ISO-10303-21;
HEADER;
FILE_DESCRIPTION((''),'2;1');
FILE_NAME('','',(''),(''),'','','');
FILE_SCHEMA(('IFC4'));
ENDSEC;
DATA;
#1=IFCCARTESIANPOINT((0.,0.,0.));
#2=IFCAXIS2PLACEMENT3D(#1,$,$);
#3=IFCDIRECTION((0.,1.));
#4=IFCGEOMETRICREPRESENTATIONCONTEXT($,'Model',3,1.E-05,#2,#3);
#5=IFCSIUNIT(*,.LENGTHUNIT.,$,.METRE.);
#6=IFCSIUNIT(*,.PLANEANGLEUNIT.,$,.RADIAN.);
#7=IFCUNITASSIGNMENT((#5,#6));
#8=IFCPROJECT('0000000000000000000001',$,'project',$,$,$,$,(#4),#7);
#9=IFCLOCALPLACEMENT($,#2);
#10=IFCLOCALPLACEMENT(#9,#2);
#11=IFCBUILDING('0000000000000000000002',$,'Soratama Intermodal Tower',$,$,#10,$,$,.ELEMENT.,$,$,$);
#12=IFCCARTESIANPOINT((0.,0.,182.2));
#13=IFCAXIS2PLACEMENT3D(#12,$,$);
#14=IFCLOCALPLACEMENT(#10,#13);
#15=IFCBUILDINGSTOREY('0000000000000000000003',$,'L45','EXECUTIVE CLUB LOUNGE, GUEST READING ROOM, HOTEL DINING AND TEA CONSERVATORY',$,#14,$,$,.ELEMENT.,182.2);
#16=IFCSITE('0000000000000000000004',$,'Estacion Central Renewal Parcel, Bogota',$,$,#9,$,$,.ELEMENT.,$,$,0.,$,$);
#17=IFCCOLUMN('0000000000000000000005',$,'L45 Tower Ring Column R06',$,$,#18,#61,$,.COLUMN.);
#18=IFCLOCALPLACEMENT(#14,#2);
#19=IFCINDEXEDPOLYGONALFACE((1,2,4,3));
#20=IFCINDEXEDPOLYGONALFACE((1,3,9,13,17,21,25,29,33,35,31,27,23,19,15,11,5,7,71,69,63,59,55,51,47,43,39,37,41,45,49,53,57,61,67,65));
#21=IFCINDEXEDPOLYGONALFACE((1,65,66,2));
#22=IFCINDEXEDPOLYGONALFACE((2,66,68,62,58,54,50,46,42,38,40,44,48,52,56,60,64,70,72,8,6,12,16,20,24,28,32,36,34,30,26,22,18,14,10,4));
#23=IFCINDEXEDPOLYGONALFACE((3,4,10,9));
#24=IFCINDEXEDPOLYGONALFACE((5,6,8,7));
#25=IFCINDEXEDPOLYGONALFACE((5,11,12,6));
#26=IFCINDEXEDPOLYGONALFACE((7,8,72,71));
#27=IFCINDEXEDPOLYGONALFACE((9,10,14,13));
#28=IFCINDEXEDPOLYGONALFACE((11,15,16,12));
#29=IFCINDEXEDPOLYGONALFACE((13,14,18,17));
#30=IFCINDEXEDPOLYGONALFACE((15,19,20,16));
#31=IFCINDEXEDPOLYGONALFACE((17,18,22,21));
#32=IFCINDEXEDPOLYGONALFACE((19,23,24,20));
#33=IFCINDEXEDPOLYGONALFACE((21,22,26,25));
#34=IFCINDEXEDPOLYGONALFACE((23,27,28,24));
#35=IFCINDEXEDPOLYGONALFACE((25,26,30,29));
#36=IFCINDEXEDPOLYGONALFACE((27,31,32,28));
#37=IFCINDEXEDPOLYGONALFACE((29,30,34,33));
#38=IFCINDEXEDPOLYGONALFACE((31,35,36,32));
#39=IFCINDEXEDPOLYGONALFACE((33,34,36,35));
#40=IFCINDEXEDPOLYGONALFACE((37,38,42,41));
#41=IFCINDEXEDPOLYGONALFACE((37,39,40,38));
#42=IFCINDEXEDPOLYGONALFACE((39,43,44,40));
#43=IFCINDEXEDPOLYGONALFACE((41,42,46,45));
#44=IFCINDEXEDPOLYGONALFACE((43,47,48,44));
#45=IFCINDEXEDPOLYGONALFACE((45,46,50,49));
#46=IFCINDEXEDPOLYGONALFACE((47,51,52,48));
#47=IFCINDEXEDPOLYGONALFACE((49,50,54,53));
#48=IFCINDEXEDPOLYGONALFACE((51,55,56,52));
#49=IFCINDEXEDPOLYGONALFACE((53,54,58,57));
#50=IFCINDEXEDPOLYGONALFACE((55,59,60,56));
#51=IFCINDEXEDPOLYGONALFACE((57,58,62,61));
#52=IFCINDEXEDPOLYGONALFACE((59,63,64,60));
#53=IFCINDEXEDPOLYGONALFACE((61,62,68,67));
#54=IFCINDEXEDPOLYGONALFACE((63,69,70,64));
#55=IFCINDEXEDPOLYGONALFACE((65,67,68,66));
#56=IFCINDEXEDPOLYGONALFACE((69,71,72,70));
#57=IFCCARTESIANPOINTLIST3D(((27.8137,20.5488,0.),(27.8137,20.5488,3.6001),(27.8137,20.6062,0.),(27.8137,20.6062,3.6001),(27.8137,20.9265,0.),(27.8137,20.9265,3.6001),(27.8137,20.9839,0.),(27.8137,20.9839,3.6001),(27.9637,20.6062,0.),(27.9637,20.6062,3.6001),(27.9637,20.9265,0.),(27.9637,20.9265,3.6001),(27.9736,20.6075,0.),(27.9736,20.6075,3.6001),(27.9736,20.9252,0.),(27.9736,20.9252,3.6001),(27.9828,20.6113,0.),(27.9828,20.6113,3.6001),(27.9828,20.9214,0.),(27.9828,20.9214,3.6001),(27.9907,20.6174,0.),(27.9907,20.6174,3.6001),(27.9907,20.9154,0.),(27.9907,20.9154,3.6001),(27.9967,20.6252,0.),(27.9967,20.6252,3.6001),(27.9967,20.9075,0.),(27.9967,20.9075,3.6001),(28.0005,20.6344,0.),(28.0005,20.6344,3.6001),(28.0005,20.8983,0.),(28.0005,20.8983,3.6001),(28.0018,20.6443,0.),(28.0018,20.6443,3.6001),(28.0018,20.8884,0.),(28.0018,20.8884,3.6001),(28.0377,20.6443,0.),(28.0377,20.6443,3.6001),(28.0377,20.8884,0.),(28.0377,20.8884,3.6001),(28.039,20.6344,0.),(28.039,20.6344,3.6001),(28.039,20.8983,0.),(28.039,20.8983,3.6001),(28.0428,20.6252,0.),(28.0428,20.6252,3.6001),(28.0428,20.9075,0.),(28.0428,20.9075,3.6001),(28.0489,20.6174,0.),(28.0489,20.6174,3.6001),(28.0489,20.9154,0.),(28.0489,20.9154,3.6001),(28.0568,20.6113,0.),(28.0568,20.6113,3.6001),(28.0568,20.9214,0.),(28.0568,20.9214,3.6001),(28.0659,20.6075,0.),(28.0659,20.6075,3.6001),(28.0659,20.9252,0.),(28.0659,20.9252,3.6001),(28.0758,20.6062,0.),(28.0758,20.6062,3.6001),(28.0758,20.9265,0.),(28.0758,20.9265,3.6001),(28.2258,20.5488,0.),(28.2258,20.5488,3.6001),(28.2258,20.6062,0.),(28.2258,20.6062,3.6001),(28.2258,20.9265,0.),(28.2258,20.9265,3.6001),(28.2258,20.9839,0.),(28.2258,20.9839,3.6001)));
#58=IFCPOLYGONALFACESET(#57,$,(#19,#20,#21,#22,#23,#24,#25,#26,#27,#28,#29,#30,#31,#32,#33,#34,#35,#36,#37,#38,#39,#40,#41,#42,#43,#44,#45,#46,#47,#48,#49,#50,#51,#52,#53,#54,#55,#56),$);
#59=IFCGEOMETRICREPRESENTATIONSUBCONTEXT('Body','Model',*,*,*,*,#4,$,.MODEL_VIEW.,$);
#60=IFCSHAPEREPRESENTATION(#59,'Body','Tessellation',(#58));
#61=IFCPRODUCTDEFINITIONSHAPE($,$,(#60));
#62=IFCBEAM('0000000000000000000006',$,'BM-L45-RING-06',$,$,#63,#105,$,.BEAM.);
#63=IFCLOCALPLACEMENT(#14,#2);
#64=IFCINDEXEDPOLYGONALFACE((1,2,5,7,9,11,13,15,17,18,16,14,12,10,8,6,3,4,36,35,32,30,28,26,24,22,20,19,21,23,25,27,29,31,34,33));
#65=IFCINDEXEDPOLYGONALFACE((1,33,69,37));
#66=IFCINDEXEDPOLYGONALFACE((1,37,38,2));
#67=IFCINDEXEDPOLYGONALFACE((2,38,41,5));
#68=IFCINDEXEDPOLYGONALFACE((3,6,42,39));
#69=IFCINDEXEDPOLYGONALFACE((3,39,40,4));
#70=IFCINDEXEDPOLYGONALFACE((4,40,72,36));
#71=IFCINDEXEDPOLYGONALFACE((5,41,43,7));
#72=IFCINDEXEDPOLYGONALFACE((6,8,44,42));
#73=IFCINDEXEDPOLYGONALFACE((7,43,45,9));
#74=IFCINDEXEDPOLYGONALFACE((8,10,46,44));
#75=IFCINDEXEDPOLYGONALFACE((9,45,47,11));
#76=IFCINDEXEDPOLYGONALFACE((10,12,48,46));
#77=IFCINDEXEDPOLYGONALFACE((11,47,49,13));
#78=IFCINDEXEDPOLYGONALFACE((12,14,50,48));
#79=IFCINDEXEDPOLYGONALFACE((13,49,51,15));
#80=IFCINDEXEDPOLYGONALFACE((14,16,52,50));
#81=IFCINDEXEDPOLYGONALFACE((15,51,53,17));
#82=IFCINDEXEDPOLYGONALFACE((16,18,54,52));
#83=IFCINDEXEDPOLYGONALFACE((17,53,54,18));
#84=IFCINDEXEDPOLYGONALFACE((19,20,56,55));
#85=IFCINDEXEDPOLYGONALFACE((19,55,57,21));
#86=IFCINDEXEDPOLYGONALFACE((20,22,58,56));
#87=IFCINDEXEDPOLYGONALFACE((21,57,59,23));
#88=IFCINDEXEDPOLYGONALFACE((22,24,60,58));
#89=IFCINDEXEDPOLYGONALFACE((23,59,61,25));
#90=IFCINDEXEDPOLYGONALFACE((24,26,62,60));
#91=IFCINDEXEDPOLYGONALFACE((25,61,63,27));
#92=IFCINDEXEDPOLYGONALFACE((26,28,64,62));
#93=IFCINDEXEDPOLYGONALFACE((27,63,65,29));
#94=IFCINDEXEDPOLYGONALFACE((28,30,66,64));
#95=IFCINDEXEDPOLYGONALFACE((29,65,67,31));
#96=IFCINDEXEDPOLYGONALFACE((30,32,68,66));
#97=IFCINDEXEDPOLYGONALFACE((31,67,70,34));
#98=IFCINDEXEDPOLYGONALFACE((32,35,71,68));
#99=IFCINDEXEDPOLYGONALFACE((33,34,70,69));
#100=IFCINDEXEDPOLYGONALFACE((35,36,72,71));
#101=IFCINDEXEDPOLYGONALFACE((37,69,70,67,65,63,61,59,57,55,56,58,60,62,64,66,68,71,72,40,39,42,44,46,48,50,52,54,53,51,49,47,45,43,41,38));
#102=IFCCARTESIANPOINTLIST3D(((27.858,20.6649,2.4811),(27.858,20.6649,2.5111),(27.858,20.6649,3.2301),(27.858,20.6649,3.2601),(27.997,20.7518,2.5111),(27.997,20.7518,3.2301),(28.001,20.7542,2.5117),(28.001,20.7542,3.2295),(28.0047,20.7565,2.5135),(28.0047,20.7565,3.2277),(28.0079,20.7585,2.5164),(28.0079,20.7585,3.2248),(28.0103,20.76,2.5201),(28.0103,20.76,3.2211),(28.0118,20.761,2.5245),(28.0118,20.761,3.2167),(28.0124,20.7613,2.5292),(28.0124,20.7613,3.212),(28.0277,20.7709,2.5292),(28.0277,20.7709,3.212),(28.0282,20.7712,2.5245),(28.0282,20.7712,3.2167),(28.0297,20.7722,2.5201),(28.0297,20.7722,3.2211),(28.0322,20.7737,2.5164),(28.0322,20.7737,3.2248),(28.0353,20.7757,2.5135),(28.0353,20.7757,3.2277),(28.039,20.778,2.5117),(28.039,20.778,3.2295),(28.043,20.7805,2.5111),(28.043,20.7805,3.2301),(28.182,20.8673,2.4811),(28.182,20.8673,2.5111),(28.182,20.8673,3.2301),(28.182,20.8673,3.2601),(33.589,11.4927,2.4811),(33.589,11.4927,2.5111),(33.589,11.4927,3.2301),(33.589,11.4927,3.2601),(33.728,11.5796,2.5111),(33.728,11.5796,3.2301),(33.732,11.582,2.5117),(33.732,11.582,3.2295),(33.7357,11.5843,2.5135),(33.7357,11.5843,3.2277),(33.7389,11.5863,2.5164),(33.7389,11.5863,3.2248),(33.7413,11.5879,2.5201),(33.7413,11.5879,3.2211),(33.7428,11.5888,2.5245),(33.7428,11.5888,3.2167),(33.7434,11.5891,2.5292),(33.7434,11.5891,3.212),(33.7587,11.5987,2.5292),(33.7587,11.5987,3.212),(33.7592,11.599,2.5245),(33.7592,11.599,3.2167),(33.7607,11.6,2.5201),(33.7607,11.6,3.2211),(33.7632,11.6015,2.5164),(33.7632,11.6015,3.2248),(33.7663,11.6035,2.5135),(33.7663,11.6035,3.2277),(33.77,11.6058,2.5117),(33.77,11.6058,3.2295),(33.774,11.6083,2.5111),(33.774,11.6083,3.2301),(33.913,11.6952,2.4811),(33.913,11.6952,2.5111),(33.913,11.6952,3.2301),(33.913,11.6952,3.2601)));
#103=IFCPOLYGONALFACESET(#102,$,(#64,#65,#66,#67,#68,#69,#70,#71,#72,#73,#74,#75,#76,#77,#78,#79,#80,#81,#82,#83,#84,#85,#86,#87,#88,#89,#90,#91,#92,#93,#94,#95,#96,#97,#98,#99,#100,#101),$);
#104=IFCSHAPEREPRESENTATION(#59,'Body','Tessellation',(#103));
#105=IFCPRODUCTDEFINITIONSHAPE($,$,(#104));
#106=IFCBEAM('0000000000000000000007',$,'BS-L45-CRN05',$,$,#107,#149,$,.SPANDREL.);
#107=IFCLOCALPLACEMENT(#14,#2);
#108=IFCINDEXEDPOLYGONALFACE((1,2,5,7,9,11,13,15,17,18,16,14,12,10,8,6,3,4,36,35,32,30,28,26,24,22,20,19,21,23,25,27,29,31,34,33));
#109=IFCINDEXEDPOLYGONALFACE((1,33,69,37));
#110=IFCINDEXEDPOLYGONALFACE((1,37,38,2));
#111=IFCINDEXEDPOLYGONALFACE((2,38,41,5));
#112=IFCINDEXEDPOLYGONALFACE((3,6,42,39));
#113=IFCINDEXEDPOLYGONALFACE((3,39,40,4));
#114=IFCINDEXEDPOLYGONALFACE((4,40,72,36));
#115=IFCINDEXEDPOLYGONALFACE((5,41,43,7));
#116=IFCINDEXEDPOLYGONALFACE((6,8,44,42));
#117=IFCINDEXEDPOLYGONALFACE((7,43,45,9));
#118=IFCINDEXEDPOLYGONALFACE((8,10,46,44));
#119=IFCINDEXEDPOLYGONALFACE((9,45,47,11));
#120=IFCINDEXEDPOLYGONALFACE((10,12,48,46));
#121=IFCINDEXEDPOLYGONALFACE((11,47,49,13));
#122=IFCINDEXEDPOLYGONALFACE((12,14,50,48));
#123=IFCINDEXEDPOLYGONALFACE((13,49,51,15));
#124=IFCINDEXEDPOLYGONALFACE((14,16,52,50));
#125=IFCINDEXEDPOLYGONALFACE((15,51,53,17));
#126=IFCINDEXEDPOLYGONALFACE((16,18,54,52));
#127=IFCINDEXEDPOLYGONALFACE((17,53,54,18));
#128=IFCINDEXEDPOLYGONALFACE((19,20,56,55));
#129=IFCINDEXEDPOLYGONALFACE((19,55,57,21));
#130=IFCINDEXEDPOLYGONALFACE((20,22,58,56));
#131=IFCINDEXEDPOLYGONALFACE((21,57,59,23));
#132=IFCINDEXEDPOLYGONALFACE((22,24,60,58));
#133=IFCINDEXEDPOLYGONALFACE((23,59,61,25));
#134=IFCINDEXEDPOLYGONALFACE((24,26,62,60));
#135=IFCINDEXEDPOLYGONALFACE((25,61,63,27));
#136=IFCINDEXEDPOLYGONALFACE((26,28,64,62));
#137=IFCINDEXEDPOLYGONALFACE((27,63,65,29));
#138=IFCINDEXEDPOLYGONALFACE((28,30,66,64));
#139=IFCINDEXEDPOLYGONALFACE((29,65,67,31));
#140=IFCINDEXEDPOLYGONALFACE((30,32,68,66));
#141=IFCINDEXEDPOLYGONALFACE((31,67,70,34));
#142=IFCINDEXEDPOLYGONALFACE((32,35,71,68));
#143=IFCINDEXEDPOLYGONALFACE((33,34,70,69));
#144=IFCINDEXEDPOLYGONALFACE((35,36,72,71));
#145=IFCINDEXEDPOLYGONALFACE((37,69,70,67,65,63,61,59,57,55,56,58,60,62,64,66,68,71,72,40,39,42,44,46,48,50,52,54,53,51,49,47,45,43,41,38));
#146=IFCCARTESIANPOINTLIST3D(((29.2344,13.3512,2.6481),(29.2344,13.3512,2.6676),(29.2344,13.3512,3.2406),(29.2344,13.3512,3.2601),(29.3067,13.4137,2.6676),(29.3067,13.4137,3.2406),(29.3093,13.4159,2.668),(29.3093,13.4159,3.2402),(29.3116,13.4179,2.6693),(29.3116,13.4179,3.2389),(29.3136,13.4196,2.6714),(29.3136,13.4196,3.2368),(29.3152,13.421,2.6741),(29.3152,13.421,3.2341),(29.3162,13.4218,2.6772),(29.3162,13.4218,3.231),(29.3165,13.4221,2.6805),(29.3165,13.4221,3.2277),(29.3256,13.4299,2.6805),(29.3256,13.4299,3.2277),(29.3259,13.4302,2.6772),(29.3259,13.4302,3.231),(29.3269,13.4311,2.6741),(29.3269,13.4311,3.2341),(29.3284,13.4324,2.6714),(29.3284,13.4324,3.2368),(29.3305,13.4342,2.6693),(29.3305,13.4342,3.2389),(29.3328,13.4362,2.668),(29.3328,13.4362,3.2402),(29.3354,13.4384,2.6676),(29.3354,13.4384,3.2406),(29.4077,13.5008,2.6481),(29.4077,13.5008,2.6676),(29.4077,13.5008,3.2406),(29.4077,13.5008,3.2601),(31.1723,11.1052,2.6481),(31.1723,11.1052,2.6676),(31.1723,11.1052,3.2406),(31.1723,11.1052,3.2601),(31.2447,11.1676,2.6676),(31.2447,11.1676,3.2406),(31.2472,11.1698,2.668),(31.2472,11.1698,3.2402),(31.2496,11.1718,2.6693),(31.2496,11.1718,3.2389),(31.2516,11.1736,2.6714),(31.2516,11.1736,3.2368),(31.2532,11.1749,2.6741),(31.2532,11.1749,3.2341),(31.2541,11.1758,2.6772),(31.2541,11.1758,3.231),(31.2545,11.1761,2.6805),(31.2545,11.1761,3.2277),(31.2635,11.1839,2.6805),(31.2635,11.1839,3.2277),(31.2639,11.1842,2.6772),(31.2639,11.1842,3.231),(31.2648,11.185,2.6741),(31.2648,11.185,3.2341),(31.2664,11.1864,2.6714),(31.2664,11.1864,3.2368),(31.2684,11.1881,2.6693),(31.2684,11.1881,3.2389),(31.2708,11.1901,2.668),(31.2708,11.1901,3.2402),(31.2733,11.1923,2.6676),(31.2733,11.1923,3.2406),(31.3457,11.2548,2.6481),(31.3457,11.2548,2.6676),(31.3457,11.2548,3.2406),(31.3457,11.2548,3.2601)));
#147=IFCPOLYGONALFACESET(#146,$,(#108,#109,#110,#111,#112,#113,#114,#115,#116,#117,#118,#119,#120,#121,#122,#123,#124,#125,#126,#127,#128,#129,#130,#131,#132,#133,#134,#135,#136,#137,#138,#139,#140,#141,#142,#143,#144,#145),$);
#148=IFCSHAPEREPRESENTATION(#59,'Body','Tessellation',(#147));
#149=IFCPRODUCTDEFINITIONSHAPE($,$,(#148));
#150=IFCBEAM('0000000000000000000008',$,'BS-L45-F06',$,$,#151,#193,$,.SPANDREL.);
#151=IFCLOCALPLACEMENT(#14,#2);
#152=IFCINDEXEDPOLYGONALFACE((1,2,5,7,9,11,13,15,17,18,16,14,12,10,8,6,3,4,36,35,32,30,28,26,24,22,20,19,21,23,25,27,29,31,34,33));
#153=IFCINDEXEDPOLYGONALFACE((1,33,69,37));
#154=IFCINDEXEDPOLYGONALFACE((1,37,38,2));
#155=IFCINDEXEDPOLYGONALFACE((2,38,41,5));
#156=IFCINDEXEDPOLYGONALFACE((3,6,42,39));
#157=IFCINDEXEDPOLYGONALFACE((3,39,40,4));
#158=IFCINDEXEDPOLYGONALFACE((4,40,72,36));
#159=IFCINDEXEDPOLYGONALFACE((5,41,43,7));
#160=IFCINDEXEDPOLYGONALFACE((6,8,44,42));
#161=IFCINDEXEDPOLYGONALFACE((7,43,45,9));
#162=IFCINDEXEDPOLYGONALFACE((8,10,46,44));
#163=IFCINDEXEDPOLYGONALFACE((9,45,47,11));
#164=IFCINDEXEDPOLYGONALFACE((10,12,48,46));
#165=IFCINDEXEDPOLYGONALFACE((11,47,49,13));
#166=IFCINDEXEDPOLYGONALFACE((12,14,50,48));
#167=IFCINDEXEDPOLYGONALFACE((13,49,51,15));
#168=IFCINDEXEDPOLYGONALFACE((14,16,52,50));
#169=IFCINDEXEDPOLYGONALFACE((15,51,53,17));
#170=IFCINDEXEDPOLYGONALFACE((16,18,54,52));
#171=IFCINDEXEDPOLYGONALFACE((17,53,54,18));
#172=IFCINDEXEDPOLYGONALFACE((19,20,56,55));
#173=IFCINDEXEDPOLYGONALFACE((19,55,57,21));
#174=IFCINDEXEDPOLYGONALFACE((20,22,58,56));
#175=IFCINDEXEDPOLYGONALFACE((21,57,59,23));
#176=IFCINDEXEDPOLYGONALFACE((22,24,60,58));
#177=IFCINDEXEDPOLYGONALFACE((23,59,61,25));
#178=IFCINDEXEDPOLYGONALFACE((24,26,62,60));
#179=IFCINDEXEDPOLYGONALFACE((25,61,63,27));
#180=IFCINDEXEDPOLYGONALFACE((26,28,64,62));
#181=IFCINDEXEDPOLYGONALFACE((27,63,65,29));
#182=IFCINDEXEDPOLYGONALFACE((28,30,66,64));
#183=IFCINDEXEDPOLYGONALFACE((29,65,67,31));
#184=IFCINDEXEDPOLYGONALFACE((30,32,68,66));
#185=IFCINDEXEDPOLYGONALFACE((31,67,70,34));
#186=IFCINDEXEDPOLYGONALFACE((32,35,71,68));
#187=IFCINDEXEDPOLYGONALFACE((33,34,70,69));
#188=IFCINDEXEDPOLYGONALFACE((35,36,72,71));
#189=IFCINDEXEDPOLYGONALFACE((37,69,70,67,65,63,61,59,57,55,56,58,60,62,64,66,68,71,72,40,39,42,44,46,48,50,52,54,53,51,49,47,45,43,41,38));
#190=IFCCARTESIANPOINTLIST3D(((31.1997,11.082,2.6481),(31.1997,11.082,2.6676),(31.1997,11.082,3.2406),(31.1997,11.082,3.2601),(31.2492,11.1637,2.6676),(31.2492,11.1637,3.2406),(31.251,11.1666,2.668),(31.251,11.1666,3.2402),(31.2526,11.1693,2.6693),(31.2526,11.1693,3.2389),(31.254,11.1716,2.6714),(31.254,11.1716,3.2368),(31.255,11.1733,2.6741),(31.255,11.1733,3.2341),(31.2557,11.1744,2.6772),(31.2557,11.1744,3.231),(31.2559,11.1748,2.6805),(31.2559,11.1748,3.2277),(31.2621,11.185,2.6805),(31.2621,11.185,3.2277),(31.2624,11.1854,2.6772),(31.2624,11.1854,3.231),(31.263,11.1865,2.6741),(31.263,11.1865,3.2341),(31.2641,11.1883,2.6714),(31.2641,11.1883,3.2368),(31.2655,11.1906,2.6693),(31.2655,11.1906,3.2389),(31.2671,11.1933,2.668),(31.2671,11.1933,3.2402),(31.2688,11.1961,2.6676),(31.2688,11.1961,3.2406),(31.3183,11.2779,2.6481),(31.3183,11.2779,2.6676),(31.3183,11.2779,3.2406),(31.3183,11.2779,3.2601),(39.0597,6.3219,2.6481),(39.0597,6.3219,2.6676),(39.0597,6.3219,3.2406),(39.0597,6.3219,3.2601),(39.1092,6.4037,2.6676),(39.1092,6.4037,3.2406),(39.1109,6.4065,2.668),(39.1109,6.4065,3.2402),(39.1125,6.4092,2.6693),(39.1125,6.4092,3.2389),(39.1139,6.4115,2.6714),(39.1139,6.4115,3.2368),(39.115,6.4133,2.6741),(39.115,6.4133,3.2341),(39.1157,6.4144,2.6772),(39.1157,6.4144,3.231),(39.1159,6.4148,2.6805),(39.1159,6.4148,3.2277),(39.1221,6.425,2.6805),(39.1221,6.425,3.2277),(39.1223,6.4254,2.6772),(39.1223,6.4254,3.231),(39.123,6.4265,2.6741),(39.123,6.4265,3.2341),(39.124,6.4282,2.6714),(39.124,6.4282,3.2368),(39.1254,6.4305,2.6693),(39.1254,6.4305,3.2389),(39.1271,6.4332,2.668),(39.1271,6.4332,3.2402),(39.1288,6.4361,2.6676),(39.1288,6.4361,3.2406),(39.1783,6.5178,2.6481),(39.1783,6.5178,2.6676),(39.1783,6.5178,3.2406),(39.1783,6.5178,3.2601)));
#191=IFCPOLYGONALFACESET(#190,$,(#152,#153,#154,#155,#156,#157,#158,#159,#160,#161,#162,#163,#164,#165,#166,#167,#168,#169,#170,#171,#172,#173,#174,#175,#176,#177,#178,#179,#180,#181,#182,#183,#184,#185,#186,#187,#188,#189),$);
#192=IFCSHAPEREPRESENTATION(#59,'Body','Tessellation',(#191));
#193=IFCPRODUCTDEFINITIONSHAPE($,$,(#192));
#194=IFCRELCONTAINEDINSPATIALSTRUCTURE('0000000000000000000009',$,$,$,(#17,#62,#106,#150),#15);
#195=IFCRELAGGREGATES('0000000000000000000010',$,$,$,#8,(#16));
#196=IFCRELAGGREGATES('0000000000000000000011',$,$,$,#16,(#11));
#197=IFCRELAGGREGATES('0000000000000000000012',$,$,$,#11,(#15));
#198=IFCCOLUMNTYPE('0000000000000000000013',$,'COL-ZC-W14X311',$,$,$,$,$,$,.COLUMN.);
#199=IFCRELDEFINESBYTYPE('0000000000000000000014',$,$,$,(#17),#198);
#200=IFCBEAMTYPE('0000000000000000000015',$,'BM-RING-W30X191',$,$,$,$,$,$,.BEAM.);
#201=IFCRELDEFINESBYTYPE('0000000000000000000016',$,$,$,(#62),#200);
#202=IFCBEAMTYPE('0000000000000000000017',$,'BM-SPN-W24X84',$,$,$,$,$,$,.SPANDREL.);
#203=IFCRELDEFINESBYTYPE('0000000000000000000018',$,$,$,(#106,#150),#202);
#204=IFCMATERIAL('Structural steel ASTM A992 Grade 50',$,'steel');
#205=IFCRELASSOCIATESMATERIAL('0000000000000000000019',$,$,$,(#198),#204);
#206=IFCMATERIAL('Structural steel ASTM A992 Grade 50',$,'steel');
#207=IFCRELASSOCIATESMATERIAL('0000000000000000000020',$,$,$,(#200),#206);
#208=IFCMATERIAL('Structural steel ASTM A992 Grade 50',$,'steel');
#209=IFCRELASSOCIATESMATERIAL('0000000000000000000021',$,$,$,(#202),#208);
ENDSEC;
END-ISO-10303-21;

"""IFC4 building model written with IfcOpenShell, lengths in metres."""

from ifc_helpers import new_model, si_unit, direction, frame, origin, origin_2d, place, context, subcontext, project, spatial, i_section, extrude, material, material_profile, profile_set, type_object, element, save


model = new_model("IFC4")

# Units and contexts
model_context = context("Model", 3, precision=1e-05, world=origin(), true_north=direction((0.0, 1.0)))
body_context = subcontext(model_context, "Body", "Model", "MODEL_VIEW")
ifc_project = project(units=[si_unit("LENGTHUNIT", "METRE"), si_unit("PLANEANGLEUNIT", "RADIAN")], contexts=[model_context])

# Site, building, storey
site_placement = place(None, origin())
site = spatial("IfcSite", under=ifc_project, at=site_placement, Name="Estacion Central Renewal Parcel, Bogota", CompositionType="ELEMENT", RefElevation=0.0)
building_placement = place(site_placement, origin())
building = spatial("IfcBuilding", under=site, at=building_placement, Name="Soratama Intermodal Tower", CompositionType="ELEMENT")
storey_placement = place(building_placement, frame((0.0, 0.0, 182.2)))
storey = spatial("IfcBuildingStorey", under=building, at=storey_placement, Name="L45", Description="EXECUTIVE CLUB LOUNGE, GUEST READING ROOM, HOTEL DINING AND TEA CONSERVATORY", CompositionType="ELEMENT", Elevation=182.2)

# Column
ifc_material_1 = material(Name="Structural steel ASTM A992 Grade 50", Category="steel")
ifc_material_profile_1 = material_profile(ifc_material_1, i_section(OverallWidth=0.4121, OverallDepth=0.4351, WebThickness=0.0359, FlangeThickness=0.0574, FilletRadius=0.0381, at=origin_2d()), Name="W14X311")
ifc_profile_set_1 = profile_set([ifc_material_profile_1], Name="Structural steel ASTM A992 Grade 50")
column_type = type_object("IfcColumnType", Name="COL-ZC-W14X311", PredefinedType="COLUMN", material=ifc_profile_set_1)
column_placement = place(storey_placement, frame((28.0198, 20.7664, 0.0), z_axis=(0.0, 0.0, 1.0), x_axis=(1.0, 0.0, 0.0)))
element("IfcColumn", 1, at=column_placement, inside=storey, type_object=column_type, Name="L45 Tower Ring Column R06", PredefinedType="COLUMN", context=body_context, shape_type="SweptSolid", body=[
    extrude(i_section(OverallWidth=0.4121, OverallDepth=0.4351, WebThickness=0.0359, FlangeThickness=0.0574, FilletRadius=0.0381, at=origin_2d()), origin(), (0.0, 0.0, 1.0), 3.6001),
])

# Beams
ifc_material_2 = material(Name="Structural steel ASTM A992 Grade 50", Category="steel")
ifc_material_profile_2 = material_profile(ifc_material_2, i_section(OverallWidth=0.3821, OverallDepth=0.7791, WebThickness=0.0181, FlangeThickness=0.03, FilletRadius=0.0181, at=origin_2d()), Name="W30X191")
ifc_profile_set_2 = profile_set([ifc_material_profile_2], Name="Structural steel ASTM A992 Grade 50")
beam_type_1 = type_object("IfcBeamType", Name="BM-RING-W30X191", PredefinedType="BEAM", material=ifc_profile_set_2)
beam_1_placement = place(storey_placement, frame((28.02, 20.7661, 2.8706), z_axis=(0.529891, -0.848066, 0.0), x_axis=(0.848066, 0.529891, 0.0)))
element("IfcBeam", 2, at=beam_1_placement, inside=storey, type_object=beam_type_1, Name="BM-L45-RING-06", PredefinedType="BEAM", context=body_context, shape_type="SweptSolid", body=[
    extrude(i_section(OverallWidth=0.3821, OverallDepth=0.7791, WebThickness=0.0181, FlangeThickness=0.03, FilletRadius=0.0181, at=origin_2d()), origin(), (0.0, 0.0, 1.0), 10.8154),
])
ifc_material_3 = material(Name="Structural steel ASTM A992 Grade 50", Category="steel")
ifc_material_profile_3 = material_profile(ifc_material_3, i_section(OverallWidth=0.229, OverallDepth=0.6121, WebThickness=0.012, FlangeThickness=0.0195, FilletRadius=0.0129, at=origin_2d()), Name="W24X84")
ifc_profile_set_3 = profile_set([ifc_material_profile_3], Name="Structural steel ASTM A992 Grade 50")
beam_type_2 = type_object("IfcBeamType", Name="BM-SPN-W24X84", PredefinedType="SPANDREL", material=ifc_profile_set_3)
beam_2_placement = place(storey_placement, frame((29.321, 13.426, 2.9541), z_axis=(0.653268, -0.757126, 0.0), x_axis=(0.757126, 0.653268, 0.0)))
element("IfcBeam", 3, at=beam_2_placement, inside=storey, type_object=beam_type_2, Name="BS-L45-CRN05", PredefinedType="SPANDREL", context=body_context, shape_type="SweptSolid", body=[
    extrude(i_section(OverallWidth=0.229, OverallDepth=0.6121, WebThickness=0.012, FlangeThickness=0.0195, FilletRadius=0.0129, at=origin_2d()), origin(), (0.0, 0.0, 1.0), 2.9666),
])
beam_3_placement = place(storey_placement, frame((31.259, 11.1799, 2.9541), z_axis=(0.855369, -0.51802, 0.0), x_axis=(0.51802, 0.855369, 0.0)))
element("IfcBeam", 4, at=beam_3_placement, inside=storey, type_object=beam_type_2, Name="BS-L45-F06", PredefinedType="SPANDREL", context=body_context, shape_type="SweptSolid", body=[
    extrude(i_section(OverallWidth=0.229, OverallDepth=0.6121, WebThickness=0.012, FlangeThickness=0.0195, FilletRadius=0.0129, at=origin_2d()), origin(), (0.0, 0.0, 1.0), 9.189),
])

save(model, "model.ifc")
